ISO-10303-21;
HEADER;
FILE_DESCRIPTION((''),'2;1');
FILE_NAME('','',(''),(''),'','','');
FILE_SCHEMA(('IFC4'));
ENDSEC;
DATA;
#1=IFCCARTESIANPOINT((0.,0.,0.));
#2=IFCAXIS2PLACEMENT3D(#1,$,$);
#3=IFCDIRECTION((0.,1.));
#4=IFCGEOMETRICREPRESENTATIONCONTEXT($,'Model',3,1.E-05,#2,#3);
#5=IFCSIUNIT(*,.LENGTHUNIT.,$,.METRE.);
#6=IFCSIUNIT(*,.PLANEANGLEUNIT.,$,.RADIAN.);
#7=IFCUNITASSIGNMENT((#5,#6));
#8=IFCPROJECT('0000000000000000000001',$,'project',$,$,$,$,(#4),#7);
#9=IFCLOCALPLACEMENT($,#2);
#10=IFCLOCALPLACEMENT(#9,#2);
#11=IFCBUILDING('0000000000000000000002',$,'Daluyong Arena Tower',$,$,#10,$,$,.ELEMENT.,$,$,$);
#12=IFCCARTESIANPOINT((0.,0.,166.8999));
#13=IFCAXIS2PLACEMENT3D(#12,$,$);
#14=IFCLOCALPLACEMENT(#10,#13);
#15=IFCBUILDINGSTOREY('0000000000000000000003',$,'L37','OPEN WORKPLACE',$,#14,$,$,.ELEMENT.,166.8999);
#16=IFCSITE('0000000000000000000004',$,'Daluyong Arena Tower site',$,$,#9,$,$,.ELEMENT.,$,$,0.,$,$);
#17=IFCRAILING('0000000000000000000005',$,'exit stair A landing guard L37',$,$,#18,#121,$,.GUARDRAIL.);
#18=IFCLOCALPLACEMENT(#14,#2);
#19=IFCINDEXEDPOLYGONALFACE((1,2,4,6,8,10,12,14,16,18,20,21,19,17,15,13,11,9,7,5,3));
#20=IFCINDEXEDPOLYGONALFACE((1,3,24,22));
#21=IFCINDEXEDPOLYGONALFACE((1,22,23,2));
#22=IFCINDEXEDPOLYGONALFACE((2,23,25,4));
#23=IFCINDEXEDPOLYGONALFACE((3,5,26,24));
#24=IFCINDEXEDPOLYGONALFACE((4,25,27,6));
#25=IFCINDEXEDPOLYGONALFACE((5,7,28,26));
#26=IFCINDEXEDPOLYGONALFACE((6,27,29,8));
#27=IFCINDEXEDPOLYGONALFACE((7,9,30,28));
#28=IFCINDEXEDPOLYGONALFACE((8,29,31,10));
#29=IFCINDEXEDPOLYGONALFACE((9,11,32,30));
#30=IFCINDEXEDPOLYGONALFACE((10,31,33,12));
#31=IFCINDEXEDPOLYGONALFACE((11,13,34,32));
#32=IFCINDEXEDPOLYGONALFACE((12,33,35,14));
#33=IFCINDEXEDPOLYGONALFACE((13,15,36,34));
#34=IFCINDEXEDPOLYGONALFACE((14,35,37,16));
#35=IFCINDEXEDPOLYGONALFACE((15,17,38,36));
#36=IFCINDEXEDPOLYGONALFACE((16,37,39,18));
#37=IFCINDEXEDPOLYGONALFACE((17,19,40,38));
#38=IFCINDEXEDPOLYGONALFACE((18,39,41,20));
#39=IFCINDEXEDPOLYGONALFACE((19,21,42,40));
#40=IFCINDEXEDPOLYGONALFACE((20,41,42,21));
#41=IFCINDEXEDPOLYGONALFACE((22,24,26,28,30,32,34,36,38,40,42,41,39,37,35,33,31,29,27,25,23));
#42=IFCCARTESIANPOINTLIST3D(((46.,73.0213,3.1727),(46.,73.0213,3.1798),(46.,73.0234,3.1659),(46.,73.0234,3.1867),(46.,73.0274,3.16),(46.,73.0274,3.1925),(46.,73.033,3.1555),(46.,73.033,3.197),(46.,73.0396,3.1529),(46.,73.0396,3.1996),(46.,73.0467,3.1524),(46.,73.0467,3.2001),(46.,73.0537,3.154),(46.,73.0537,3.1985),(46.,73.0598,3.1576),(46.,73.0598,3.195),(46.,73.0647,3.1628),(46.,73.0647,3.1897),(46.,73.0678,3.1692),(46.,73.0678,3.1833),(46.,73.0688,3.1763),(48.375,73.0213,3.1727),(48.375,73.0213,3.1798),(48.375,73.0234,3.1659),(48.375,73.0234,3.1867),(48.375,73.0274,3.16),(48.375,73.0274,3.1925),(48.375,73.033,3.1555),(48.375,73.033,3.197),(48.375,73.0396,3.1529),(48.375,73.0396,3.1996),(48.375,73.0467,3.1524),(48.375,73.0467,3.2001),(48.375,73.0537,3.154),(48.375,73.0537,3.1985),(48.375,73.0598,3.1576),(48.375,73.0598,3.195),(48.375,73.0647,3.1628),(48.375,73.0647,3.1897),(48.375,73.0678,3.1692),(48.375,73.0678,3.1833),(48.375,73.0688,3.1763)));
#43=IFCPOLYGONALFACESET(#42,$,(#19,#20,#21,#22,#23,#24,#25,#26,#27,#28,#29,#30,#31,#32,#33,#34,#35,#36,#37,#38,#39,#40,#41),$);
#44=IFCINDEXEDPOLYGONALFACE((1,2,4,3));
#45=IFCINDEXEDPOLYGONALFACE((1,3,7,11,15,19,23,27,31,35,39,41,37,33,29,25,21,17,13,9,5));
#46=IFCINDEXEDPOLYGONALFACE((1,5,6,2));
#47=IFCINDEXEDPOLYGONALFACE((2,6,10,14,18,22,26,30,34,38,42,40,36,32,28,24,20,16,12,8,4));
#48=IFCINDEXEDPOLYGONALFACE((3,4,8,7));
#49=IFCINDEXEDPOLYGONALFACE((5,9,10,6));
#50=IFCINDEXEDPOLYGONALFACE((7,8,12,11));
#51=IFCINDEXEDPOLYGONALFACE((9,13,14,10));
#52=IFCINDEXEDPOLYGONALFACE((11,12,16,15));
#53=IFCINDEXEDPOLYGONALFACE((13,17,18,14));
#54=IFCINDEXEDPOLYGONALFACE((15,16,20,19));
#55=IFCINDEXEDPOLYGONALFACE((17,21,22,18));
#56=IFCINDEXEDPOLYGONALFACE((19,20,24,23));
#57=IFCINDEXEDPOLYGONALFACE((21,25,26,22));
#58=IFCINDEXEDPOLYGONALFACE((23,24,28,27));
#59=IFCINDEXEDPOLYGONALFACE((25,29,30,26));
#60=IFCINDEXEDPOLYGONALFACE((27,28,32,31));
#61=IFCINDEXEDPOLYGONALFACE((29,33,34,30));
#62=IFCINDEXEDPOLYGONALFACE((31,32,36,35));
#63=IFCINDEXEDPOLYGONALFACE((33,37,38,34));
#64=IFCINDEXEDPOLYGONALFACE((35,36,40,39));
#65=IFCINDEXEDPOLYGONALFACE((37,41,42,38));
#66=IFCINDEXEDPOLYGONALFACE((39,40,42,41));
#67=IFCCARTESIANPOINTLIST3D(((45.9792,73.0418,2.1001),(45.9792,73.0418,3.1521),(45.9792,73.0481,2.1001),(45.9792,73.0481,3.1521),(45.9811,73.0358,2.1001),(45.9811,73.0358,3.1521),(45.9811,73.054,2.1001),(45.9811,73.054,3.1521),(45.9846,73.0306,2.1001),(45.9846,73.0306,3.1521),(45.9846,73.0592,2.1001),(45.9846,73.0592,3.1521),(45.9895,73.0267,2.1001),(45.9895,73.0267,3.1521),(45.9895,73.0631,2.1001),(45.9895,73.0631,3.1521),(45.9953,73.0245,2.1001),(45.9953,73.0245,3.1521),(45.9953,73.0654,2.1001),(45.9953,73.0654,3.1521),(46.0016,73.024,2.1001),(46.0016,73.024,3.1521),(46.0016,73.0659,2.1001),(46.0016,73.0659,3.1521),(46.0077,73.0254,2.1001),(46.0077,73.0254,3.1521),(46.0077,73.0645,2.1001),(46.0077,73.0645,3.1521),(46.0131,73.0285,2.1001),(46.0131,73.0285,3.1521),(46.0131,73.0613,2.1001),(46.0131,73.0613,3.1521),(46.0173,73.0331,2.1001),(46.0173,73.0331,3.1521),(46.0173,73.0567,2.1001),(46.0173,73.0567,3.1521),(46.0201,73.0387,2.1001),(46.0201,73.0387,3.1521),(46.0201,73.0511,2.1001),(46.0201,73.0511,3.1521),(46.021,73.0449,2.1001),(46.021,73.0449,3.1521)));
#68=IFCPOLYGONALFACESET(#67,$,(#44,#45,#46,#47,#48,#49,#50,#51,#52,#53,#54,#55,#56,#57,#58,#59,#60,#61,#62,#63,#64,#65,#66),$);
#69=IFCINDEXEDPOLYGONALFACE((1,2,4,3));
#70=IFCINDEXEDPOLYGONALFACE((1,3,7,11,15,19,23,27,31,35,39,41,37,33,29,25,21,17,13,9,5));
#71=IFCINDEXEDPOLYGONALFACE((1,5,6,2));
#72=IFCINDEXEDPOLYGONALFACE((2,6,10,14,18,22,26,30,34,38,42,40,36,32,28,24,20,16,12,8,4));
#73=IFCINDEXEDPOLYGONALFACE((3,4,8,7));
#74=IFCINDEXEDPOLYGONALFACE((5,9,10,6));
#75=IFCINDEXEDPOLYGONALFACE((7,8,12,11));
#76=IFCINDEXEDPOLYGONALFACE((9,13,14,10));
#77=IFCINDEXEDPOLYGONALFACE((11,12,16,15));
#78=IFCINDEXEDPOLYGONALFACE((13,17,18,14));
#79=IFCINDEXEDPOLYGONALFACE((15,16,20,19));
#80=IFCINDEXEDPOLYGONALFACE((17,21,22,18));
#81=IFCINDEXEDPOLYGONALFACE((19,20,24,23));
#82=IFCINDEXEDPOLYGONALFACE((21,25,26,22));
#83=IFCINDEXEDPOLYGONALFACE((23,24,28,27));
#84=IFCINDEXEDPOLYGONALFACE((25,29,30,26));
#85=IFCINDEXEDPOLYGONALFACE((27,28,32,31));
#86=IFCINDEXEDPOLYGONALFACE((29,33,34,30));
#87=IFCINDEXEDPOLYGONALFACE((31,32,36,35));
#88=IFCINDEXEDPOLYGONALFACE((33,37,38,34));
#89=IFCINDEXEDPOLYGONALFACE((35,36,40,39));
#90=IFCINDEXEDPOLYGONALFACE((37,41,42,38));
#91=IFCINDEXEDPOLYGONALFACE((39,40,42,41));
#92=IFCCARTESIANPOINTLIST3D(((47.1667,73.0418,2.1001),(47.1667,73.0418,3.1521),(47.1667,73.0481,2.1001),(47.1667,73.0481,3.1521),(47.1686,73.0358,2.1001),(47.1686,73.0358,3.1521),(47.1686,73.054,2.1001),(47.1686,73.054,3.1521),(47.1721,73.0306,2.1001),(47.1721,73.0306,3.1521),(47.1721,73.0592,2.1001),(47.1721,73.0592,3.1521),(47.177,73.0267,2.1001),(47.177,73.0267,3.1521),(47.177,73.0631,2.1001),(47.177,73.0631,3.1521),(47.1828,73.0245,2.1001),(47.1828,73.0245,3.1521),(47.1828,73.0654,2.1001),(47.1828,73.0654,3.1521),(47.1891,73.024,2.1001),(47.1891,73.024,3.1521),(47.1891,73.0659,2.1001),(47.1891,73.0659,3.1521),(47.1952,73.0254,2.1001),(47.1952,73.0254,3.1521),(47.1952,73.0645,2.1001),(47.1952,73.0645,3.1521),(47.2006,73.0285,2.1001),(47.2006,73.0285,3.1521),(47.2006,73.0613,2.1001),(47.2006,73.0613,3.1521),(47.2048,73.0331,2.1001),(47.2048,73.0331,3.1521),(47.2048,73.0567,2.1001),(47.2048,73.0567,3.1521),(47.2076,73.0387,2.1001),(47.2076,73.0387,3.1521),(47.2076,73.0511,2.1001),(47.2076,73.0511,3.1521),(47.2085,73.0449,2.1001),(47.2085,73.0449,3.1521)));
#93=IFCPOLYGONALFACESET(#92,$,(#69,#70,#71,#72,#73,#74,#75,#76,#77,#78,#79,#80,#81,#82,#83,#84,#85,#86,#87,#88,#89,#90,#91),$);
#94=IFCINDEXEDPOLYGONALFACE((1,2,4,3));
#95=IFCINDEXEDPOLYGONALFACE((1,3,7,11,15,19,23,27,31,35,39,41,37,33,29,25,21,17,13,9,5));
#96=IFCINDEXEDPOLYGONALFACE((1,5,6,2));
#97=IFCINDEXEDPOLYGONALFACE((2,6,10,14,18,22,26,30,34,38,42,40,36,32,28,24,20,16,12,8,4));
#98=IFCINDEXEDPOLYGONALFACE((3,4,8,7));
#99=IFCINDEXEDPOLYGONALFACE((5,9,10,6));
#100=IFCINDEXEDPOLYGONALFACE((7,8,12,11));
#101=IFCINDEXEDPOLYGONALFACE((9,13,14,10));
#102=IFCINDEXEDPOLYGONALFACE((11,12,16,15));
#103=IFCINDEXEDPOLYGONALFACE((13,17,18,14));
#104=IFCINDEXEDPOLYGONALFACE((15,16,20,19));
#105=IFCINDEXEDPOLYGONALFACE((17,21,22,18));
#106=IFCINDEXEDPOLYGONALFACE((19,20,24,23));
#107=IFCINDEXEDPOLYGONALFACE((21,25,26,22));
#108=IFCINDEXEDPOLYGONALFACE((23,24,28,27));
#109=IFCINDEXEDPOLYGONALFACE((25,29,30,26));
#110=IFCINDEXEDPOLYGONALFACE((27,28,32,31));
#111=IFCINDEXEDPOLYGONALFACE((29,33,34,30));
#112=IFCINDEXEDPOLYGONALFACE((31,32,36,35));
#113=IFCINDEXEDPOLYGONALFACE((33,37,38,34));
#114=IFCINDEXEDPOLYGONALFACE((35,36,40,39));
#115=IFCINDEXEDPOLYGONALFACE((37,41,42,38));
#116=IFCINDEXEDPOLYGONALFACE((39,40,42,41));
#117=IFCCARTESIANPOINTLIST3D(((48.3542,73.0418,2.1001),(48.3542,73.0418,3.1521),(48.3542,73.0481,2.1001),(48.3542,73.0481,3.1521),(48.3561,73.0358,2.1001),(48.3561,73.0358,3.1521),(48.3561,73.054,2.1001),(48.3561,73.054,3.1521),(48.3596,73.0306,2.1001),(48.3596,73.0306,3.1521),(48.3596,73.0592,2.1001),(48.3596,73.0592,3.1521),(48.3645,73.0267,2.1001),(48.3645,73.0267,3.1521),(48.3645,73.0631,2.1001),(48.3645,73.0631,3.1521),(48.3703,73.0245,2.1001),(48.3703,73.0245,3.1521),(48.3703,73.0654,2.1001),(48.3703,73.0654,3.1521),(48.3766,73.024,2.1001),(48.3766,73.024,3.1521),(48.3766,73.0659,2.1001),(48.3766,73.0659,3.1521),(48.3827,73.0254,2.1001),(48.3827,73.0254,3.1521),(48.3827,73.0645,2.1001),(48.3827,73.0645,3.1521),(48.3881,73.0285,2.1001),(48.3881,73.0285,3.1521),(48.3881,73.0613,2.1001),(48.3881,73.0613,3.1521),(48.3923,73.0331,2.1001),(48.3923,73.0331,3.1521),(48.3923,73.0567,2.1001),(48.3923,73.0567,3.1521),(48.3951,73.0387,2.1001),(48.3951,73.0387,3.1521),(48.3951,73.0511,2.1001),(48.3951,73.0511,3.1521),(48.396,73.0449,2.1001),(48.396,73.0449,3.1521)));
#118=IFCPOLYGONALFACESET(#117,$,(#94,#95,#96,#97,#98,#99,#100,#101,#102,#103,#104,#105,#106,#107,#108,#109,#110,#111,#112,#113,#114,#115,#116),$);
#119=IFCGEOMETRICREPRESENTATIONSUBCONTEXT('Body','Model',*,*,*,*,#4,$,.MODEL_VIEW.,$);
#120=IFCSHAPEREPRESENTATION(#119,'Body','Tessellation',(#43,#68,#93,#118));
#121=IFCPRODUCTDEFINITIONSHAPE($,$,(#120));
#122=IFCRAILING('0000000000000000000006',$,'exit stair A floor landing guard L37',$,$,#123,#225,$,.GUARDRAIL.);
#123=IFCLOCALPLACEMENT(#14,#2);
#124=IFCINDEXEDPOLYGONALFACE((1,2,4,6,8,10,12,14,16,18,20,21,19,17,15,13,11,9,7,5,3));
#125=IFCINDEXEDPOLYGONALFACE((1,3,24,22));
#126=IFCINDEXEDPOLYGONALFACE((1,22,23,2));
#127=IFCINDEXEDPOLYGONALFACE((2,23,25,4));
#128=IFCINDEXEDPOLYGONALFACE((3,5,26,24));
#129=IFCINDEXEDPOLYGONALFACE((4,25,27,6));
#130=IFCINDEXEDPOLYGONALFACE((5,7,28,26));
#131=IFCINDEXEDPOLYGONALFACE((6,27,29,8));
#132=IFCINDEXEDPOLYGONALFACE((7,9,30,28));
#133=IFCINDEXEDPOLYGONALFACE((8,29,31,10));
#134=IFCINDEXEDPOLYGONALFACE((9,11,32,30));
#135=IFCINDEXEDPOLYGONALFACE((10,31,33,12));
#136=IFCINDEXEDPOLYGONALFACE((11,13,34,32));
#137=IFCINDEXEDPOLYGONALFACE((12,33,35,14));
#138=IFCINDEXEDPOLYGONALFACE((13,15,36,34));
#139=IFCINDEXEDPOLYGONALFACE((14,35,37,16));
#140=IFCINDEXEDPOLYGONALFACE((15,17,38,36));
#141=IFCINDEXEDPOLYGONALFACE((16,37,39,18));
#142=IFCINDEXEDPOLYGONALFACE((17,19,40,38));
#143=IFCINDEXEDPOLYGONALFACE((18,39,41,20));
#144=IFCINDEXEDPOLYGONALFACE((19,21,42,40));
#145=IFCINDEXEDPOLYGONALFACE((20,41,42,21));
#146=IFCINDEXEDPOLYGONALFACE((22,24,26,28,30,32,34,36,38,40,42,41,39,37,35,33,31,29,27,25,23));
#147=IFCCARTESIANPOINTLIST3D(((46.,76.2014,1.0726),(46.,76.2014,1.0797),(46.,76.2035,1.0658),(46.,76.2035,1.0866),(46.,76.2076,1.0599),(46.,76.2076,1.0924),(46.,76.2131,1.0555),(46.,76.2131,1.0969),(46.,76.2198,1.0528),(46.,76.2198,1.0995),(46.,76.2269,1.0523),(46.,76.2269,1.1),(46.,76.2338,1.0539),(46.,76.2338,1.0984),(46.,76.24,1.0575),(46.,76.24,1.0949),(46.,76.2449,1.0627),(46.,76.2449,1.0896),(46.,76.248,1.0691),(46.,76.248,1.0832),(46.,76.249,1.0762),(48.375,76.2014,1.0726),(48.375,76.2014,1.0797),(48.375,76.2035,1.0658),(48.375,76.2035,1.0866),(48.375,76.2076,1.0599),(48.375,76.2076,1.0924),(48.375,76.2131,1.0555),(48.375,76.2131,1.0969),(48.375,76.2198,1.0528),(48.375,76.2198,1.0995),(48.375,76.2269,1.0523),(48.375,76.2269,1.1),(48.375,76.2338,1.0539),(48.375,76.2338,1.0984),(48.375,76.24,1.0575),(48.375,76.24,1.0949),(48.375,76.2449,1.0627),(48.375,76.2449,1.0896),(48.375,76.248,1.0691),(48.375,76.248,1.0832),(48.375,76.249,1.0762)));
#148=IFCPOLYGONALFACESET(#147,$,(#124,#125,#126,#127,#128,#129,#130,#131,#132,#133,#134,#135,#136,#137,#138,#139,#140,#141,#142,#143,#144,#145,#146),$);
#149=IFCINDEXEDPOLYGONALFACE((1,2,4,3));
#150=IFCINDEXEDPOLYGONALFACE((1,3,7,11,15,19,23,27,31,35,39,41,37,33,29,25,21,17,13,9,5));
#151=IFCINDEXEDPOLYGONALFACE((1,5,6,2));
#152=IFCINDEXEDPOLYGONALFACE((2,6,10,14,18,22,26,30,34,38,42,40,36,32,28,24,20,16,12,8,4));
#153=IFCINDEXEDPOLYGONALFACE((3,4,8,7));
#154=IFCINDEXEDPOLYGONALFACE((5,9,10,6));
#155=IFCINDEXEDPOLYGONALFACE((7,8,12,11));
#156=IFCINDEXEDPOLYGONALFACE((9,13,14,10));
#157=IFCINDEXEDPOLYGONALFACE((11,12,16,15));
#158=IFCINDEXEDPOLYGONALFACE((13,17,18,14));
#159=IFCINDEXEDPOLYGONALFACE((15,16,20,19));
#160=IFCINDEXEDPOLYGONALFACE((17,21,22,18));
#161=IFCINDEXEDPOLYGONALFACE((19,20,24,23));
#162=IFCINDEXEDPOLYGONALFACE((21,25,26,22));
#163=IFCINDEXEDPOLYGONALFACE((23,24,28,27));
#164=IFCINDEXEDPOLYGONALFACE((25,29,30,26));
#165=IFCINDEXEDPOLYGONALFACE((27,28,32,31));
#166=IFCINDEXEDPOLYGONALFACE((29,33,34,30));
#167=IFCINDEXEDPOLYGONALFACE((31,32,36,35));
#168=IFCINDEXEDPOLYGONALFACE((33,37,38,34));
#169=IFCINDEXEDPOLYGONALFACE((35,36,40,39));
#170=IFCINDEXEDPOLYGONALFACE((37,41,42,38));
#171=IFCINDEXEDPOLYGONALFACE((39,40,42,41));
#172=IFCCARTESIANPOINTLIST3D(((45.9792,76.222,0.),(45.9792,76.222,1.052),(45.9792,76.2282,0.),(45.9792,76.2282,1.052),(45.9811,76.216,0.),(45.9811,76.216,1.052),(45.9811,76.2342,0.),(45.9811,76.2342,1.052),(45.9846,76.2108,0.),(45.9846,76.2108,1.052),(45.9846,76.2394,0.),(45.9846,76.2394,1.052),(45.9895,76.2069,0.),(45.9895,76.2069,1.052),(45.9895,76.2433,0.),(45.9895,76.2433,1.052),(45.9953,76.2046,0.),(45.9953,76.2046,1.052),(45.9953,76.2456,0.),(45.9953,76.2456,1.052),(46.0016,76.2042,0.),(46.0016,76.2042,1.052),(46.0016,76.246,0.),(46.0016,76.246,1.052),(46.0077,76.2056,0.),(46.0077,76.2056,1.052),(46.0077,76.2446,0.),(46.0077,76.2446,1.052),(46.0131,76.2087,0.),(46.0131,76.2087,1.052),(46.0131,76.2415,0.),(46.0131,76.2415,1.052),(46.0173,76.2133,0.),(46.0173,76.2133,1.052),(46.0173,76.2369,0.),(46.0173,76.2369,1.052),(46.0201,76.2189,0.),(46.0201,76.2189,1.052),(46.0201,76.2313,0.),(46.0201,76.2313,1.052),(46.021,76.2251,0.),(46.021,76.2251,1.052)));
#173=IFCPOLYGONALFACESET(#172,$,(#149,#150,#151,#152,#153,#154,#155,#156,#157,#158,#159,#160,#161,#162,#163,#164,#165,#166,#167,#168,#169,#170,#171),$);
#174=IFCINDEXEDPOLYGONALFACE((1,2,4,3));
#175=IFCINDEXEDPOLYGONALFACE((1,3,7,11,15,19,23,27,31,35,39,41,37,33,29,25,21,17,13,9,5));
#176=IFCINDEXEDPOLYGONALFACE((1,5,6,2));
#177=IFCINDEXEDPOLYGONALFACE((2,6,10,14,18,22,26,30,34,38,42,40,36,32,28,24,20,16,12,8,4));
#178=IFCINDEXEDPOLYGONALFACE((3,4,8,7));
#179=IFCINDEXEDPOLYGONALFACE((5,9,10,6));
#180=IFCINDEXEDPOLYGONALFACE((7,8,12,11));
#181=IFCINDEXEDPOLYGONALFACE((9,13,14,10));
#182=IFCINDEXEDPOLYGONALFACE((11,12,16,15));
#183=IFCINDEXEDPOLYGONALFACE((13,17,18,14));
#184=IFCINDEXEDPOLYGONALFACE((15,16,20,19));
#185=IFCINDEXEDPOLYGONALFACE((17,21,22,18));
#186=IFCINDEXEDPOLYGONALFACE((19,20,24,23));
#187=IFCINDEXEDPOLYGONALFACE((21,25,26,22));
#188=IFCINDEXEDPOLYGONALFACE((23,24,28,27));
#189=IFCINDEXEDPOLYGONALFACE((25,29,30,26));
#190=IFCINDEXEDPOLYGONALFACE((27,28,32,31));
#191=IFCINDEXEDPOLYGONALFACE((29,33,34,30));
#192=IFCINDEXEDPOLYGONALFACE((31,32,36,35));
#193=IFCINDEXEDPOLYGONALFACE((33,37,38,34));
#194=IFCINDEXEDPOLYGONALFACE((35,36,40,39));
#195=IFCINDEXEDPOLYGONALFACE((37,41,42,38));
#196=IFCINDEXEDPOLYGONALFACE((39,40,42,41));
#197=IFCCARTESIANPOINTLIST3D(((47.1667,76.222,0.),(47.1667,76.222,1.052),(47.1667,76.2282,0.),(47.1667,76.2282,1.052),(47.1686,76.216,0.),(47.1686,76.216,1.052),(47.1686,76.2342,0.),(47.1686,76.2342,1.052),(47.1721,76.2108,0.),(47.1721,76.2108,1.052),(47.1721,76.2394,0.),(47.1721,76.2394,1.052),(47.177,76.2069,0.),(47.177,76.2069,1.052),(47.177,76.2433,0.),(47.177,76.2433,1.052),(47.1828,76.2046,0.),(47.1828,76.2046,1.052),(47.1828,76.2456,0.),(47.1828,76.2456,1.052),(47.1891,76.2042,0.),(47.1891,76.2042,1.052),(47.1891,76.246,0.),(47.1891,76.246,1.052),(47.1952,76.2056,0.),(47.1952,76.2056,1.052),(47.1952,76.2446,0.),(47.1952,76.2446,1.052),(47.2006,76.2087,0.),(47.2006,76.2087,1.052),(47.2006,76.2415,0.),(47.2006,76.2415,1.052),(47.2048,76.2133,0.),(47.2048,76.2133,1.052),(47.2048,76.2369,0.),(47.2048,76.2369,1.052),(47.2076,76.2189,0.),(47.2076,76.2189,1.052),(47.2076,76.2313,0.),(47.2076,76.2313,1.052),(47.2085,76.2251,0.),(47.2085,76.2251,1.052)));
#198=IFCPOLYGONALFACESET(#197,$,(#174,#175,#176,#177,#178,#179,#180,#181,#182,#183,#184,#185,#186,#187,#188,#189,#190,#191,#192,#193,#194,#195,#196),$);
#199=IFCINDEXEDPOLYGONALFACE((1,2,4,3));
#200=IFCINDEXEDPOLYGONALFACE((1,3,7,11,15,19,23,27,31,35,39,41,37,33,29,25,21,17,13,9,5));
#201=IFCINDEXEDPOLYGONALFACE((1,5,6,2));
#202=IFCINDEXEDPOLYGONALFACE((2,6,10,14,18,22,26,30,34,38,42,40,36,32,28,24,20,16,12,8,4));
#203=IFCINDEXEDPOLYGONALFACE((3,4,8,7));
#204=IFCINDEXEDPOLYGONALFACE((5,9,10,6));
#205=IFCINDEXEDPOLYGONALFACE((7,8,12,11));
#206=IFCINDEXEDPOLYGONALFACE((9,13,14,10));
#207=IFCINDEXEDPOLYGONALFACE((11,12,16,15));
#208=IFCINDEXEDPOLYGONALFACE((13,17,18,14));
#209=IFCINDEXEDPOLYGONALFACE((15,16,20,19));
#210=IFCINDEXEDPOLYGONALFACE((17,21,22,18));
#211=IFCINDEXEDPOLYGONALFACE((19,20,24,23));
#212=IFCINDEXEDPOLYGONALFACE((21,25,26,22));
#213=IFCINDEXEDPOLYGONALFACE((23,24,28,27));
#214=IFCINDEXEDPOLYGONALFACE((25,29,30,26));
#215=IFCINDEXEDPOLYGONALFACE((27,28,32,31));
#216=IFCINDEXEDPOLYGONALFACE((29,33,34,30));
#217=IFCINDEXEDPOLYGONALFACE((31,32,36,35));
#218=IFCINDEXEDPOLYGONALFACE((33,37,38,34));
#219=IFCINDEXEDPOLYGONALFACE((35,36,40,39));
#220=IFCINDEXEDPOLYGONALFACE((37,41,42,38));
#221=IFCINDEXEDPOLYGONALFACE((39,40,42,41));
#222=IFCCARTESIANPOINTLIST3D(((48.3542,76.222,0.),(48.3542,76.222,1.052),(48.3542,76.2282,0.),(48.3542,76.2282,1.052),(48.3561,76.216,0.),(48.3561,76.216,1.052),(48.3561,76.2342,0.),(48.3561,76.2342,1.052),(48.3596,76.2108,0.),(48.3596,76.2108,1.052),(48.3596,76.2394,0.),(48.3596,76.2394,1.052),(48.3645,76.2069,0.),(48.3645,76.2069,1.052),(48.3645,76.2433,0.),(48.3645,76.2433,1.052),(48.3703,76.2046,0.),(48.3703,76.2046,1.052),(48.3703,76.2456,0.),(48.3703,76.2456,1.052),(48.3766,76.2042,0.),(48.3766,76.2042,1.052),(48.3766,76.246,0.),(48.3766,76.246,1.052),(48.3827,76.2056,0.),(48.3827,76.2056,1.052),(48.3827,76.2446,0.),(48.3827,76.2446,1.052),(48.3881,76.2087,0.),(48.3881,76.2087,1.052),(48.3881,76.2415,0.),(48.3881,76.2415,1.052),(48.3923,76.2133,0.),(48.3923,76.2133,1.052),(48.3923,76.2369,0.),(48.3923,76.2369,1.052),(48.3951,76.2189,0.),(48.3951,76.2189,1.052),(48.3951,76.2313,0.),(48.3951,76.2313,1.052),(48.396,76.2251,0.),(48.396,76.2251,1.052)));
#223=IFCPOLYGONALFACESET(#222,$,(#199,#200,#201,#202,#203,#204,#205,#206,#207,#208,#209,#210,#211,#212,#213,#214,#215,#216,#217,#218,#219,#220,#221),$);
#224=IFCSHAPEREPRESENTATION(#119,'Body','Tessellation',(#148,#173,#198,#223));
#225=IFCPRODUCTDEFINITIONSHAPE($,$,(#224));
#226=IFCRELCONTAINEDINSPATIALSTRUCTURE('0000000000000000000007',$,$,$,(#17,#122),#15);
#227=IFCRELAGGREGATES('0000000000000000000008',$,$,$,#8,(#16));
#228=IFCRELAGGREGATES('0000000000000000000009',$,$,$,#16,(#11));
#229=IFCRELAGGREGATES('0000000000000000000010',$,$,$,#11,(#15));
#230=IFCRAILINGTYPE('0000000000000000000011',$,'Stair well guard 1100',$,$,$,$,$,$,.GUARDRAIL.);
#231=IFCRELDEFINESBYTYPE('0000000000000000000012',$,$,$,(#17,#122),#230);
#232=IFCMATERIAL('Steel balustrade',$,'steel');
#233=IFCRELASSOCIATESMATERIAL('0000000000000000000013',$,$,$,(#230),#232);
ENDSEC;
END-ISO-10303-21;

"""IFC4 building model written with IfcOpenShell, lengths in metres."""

from ifc_helpers import new_model, si_unit, direction, frame, origin, origin_2d, place, context, subcontext, project, spatial, circle, extrude, material, type_object, element, save


model = new_model("IFC4")

# Units and contexts
model_context = context("Model", 3, precision=1e-05, world=origin(), true_north=direction((0.0, 1.0)))
body_context = subcontext(model_context, "Body", "Model", "MODEL_VIEW")
ifc_project = project(units=[si_unit("LENGTHUNIT", "METRE"), si_unit("PLANEANGLEUNIT", "RADIAN")], contexts=[model_context])

# Site, building, storey
site_placement = place(None, origin())
site = spatial("IfcSite", under=ifc_project, at=site_placement, Name="Daluyong Arena Tower site", CompositionType="ELEMENT", RefElevation=0.0)
building_placement = place(site_placement, origin())
building = spatial("IfcBuilding", under=site, at=building_placement, Name="Daluyong Arena Tower", CompositionType="ELEMENT")
storey_placement = place(building_placement, frame((0.0, 0.0, 166.8999)))
storey = spatial("IfcBuildingStorey", under=building, at=storey_placement, Name="L37", Description="OPEN WORKPLACE", CompositionType="ELEMENT", Elevation=166.8999)

# Railings
ifc_material_1 = material(Name="Steel balustrade", Category="steel")
railing_type_1 = type_object("IfcRailingType", Name="Stair well guard 1100", PredefinedType="GUARDRAIL", material=ifc_material_1)
for number, where, name in (
    (1, (46.0, 73.0449, 2.1001), "exit stair A landing guard L37"),
    (2, (46.0, 76.2251, 0.0), "exit stair A floor landing guard L37"),
):
    element("IfcRailing", number, at=place(storey_placement, frame(where)), inside=storey, type_object=railing_type_1, Name=name, PredefinedType="GUARDRAIL", context=body_context, shape_type="SweptSolid", body=[
        extrude(circle(Radius=0.0239, at=origin_2d()), frame((0.0, 0.0, 1.0762), z_axis=(1.0, 0.0, 0.0), x_axis=(0.0, 1.0, 0.0)), (0.0, 0.0, 1.0), 2.375),
        extrude(circle(Radius=0.021, at=origin_2d()), origin(), (0.0, 0.0, 1.0), 1.052),
        extrude(circle(Radius=0.021, at=origin_2d()), frame((1.1875, 0.0, 0.0)), (0.0, 0.0, 1.0), 1.052),
        extrude(circle(Radius=0.021, at=origin_2d()), frame((2.375, 0.0, 0.0)), (0.0, 0.0, 1.0), 1.052),
    ])

save(model, "model.ifc")
